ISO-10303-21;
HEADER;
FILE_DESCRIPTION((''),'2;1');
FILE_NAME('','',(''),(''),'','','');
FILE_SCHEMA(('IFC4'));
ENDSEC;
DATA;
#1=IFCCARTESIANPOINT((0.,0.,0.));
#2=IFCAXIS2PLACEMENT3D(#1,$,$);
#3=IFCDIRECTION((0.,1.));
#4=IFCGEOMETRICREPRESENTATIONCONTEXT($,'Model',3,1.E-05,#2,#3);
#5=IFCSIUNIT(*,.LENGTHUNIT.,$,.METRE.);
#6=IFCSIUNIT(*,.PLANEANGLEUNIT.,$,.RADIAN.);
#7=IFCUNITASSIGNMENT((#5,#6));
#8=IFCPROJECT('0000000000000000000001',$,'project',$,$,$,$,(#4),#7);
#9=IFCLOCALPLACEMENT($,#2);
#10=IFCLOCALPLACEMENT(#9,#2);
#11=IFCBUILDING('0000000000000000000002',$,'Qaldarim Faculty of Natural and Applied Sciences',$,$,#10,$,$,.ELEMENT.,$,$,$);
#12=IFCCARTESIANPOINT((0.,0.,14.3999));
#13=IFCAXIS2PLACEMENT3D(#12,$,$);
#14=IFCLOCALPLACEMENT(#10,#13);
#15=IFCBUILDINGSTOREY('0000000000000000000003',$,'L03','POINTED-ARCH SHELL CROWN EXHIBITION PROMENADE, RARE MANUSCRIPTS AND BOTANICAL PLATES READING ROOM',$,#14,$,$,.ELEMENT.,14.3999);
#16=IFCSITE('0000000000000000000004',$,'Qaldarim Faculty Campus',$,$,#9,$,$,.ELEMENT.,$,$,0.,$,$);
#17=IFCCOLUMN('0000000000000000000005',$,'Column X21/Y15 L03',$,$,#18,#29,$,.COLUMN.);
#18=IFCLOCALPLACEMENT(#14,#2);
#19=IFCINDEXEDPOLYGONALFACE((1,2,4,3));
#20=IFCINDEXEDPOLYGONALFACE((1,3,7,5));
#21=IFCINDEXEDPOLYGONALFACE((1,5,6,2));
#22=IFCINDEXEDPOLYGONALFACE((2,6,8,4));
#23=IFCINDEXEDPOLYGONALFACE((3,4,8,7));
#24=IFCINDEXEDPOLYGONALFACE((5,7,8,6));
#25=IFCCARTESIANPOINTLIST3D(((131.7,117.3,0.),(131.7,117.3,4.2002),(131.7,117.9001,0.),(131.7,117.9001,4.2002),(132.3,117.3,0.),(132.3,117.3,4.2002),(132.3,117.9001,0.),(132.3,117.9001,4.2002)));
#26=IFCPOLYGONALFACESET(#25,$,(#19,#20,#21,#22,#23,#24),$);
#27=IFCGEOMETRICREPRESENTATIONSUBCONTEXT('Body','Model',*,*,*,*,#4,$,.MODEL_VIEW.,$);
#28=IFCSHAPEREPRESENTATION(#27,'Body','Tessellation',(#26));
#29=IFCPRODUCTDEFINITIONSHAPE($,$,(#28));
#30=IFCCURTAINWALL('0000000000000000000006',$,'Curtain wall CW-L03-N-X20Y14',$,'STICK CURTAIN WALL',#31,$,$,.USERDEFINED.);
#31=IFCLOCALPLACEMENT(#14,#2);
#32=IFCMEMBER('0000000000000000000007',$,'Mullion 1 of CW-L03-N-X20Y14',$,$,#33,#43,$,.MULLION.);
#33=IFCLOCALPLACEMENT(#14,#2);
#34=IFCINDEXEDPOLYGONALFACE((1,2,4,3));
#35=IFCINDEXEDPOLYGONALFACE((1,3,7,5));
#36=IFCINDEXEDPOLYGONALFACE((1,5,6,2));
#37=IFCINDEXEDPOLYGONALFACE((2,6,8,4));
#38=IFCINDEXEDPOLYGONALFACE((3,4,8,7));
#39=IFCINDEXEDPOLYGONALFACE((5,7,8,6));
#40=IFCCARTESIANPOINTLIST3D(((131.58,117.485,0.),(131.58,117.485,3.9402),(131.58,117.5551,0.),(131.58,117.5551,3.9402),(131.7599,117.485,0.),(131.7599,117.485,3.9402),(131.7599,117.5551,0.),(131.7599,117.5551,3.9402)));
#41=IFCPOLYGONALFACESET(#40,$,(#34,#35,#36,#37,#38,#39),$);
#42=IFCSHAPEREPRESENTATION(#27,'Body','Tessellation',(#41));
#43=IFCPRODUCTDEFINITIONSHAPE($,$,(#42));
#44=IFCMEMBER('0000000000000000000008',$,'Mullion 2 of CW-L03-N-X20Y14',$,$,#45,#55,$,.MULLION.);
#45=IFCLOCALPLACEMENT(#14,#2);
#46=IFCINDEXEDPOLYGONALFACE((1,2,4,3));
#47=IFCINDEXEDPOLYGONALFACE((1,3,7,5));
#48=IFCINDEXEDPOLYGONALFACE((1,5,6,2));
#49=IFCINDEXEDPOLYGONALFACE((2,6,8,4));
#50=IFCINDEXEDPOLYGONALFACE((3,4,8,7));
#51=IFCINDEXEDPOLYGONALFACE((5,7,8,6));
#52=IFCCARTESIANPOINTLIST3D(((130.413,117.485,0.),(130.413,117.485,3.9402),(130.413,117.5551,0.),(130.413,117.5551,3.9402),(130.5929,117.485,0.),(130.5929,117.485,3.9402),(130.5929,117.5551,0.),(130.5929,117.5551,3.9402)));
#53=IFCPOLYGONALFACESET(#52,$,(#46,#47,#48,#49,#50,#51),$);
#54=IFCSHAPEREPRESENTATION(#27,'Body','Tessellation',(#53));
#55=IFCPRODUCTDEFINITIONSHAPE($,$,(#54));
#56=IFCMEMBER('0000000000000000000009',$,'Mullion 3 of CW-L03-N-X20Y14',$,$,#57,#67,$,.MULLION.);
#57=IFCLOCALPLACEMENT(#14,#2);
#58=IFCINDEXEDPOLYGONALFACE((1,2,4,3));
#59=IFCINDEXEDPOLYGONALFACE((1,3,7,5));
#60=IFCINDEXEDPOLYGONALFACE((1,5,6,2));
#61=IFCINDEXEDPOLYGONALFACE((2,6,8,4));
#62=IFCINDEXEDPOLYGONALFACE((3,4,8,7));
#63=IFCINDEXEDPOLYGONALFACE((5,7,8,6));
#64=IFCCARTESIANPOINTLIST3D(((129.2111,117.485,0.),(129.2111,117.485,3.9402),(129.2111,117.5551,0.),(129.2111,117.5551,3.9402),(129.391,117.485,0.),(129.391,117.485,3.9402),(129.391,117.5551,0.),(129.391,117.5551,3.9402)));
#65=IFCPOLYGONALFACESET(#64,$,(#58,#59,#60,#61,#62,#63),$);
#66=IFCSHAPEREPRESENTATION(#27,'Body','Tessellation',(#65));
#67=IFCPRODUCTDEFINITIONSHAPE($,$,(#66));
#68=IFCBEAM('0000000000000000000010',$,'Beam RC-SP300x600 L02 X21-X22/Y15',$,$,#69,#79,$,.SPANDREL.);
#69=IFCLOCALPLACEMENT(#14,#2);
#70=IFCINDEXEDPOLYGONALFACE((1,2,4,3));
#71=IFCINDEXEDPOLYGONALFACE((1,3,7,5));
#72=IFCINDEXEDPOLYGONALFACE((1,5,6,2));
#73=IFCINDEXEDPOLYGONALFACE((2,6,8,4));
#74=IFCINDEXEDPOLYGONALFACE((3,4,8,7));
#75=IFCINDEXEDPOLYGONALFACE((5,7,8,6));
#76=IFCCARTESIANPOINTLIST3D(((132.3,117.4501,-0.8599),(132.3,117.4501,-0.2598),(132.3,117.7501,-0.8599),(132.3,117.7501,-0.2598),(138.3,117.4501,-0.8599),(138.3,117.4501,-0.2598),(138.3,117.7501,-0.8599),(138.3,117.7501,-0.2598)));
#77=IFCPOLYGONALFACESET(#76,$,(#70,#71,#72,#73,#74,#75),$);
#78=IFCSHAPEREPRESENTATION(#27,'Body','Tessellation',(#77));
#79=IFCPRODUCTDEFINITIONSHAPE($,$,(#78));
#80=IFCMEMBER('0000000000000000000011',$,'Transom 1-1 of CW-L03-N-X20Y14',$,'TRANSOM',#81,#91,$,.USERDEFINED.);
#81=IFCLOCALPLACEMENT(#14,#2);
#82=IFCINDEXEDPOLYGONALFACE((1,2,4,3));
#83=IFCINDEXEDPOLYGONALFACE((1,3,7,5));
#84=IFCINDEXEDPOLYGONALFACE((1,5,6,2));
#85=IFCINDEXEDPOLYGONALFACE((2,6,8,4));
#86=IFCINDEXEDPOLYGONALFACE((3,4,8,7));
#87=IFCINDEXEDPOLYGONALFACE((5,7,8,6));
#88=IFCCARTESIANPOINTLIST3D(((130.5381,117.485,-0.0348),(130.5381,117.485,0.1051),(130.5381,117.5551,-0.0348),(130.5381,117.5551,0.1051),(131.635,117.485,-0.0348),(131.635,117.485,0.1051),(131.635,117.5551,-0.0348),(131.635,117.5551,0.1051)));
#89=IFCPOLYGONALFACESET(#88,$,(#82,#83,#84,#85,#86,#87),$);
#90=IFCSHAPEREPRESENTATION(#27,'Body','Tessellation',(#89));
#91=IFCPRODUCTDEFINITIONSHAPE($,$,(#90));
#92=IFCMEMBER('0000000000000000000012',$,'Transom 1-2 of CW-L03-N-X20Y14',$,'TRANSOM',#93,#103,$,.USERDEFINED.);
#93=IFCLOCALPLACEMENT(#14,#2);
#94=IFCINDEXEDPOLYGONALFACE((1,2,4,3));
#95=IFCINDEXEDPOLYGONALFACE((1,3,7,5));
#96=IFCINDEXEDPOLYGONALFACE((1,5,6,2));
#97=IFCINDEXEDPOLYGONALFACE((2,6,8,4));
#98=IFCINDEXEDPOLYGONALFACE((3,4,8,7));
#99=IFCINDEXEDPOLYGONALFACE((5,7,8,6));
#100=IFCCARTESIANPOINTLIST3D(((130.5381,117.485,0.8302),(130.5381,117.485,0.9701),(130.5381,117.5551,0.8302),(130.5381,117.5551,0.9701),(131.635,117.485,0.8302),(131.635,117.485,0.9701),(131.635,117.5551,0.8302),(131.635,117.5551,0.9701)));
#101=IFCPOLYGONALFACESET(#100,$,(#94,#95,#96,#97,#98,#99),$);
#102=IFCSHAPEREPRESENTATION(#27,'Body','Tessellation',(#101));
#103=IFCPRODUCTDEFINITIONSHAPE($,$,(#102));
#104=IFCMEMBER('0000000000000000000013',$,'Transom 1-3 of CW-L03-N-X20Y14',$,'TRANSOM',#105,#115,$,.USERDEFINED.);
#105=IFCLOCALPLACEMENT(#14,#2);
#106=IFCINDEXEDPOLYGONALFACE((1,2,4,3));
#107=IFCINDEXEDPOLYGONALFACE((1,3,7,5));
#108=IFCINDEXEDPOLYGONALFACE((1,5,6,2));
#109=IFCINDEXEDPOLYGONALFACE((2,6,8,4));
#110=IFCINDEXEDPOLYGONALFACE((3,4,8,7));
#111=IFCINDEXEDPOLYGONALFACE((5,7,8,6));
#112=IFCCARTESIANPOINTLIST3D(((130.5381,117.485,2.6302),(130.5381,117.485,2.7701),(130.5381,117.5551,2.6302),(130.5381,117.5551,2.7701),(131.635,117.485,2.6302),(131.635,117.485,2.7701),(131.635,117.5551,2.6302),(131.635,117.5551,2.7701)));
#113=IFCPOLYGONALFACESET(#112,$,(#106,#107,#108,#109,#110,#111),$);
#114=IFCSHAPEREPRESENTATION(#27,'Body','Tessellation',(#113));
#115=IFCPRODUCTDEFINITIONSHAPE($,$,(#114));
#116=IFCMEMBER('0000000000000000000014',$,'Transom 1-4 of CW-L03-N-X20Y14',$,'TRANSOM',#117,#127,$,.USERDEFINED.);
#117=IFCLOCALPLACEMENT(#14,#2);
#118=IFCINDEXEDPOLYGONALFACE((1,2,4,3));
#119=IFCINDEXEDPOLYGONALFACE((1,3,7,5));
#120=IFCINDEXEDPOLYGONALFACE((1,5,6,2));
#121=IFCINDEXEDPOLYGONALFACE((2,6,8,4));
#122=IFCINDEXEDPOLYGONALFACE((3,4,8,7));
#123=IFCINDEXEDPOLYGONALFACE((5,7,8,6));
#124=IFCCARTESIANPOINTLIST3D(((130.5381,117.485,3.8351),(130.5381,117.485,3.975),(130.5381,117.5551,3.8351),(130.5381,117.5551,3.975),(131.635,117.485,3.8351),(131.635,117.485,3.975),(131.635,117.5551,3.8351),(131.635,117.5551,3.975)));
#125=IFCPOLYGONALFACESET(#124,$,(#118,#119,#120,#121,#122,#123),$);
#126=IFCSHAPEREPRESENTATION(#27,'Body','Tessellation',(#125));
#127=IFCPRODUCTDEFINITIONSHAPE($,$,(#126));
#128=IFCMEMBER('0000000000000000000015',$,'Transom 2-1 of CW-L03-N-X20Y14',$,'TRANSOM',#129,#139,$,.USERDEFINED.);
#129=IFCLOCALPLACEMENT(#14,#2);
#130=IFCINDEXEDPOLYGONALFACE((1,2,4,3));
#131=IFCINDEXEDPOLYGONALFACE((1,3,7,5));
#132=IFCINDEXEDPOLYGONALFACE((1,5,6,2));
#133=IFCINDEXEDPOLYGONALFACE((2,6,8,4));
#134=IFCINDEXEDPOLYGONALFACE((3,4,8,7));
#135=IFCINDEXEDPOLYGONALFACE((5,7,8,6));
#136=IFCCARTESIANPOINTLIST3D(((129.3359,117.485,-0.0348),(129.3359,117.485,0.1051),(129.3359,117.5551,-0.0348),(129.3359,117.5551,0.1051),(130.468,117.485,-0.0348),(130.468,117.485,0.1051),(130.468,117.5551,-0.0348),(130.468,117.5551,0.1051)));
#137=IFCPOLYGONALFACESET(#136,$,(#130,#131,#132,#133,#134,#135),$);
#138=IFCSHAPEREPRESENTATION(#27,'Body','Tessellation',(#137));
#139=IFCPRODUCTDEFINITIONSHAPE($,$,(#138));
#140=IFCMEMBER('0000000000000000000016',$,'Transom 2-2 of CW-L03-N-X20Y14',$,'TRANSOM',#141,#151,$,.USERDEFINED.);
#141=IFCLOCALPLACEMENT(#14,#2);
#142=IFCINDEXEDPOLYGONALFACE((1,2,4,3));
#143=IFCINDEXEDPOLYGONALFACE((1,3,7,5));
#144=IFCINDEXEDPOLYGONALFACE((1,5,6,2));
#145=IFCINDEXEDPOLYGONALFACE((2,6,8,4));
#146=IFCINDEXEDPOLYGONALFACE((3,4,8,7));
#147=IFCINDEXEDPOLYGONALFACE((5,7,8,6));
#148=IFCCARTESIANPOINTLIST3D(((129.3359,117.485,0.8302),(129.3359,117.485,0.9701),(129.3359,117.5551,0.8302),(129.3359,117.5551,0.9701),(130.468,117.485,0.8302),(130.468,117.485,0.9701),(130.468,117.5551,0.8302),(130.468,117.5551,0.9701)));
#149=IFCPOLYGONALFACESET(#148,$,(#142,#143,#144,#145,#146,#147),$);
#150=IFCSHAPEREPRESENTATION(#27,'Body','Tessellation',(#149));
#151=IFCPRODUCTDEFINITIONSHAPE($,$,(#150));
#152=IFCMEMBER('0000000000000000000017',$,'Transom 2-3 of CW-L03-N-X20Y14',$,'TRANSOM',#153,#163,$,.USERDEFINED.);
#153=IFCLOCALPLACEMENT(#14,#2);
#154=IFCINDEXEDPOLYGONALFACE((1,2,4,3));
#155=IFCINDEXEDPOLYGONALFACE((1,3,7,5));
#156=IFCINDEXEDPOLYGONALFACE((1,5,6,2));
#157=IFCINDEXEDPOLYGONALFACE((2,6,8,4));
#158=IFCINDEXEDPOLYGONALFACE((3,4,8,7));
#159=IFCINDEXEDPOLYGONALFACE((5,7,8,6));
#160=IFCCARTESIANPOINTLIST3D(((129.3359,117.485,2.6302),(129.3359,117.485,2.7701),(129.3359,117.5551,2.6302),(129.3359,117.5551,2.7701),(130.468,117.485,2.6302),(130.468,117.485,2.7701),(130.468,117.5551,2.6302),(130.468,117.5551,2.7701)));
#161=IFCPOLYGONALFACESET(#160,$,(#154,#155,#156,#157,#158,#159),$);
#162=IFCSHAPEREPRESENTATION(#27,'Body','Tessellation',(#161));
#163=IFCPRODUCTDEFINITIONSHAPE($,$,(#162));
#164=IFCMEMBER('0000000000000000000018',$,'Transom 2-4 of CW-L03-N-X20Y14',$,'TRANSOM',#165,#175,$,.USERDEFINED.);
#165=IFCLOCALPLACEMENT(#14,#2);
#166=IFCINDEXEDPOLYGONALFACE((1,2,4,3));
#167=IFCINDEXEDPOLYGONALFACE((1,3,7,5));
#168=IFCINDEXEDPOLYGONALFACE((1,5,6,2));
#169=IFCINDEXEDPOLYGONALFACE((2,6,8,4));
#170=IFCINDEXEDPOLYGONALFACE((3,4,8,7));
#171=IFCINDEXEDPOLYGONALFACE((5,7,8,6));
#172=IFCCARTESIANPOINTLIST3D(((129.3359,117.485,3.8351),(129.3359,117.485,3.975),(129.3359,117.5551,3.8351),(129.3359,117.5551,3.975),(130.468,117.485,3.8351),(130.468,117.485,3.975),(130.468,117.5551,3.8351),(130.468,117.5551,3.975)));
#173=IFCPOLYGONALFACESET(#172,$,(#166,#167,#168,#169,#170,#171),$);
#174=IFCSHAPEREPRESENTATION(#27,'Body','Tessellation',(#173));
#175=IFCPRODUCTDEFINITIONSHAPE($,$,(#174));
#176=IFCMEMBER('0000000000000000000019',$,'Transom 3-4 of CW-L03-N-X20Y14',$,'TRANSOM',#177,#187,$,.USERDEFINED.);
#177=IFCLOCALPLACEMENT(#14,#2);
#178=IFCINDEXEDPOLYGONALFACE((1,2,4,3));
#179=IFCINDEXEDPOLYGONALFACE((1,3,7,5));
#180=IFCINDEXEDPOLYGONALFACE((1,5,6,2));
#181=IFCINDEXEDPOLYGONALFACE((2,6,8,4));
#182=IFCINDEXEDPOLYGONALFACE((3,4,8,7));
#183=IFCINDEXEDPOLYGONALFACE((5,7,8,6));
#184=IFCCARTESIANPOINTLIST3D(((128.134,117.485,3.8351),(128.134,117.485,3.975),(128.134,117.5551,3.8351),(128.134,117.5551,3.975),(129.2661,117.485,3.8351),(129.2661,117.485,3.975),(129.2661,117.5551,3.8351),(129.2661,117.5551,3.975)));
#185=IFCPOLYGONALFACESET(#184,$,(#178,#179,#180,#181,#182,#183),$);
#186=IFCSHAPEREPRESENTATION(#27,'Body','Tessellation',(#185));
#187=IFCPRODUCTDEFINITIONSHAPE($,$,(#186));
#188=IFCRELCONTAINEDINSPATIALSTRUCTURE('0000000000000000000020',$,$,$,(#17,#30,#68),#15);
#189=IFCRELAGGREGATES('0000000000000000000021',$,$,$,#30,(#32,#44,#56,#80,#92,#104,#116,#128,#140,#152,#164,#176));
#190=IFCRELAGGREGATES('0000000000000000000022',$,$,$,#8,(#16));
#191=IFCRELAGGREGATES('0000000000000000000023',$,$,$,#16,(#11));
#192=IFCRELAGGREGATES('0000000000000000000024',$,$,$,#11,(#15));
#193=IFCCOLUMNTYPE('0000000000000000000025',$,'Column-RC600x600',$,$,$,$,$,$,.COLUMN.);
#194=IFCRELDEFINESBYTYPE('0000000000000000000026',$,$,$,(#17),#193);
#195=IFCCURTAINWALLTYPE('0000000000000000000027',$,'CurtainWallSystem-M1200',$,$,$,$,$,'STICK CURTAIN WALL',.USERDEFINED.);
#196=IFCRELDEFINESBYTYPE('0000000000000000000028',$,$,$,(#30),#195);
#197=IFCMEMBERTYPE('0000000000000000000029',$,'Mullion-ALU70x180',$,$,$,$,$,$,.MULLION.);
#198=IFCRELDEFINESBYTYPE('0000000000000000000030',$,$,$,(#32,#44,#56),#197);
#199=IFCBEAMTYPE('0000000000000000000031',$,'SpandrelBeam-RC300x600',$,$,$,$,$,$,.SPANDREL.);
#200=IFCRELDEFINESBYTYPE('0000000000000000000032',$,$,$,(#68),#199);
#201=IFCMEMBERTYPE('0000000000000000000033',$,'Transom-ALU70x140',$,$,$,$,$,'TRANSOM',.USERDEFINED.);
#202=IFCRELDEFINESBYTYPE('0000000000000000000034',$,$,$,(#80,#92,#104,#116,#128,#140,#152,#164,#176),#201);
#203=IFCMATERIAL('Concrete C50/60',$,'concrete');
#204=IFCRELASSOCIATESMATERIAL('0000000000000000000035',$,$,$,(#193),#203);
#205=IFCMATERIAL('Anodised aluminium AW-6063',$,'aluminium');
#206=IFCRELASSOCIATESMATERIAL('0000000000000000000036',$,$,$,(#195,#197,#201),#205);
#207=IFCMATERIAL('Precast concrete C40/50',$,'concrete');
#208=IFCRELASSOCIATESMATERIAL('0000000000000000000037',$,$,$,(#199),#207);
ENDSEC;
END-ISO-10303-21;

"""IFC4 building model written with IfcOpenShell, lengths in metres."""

from ifc_helpers import new_model, si_unit, direction, frame, origin, origin_2d, place, context, subcontext, project, spatial, rectangle, extrude, material, material_profile, profile_set, type_object, element, aggregate, save


model = new_model("IFC4")

# Units and contexts
model_context = context("Model", 3, precision=1e-05, world=origin(), true_north=direction((0.0, 1.0)))
body_context = subcontext(model_context, "Body", "Model", "MODEL_VIEW")
ifc_project = project(units=[si_unit("LENGTHUNIT", "METRE"), si_unit("PLANEANGLEUNIT", "RADIAN")], contexts=[model_context])

# Site, building, storey
site_placement = place(None, origin())
site = spatial("IfcSite", under=ifc_project, at=site_placement, Name="Qaldarim Faculty Campus", CompositionType="ELEMENT", RefElevation=0.0)
building_placement = place(site_placement, origin())
building = spatial("IfcBuilding", under=site, at=building_placement, Name="Qaldarim Faculty of Natural and Applied Sciences", CompositionType="ELEMENT")
storey_placement = place(building_placement, frame((0.0, 0.0, 14.3999)))
storey = spatial("IfcBuildingStorey", under=building, at=storey_placement, Name="L03", Description="POINTED-ARCH SHELL CROWN EXHIBITION PROMENADE, RARE MANUSCRIPTS AND BOTANICAL PLATES READING ROOM", CompositionType="ELEMENT", Elevation=14.3999)

# Column
ifc_material_1 = material(Name="Concrete C50/60", Category="concrete")
ifc_material_profile_1 = material_profile(ifc_material_1, rectangle(XDim=0.6001, YDim=0.6001, at=origin_2d()), Name="RC-C600x600")
ifc_profile_set_1 = profile_set([ifc_material_profile_1], Name="Concrete C50/60")
column_type = type_object("IfcColumnType", Name="Column-RC600x600", PredefinedType="COLUMN", material=ifc_profile_set_1)
column_placement = place(storey_placement, frame((132.0, 117.6001, 0.0), z_axis=(0.0, 0.0, 1.0), x_axis=(1.0, 0.0, 0.0)))
element("IfcColumn", 1, at=column_placement, inside=storey, type_object=column_type, Name="Column X21/Y15 L03", PredefinedType="COLUMN", context=body_context, shape_type="SweptSolid", body=[
    extrude(rectangle(XDim=0.6001, YDim=0.6001, at=origin_2d()), origin(), (0.0, 0.0, 1.0), 4.2002),
])

# Curtain wall, members
ifc_material_2 = material(Name="Anodised aluminium AW-6063", Category="aluminium")
curtain_wall_type = type_object("IfcCurtainWallType", Name="CurtainWallSystem-M1200", ElementType="STICK CURTAIN WALL", PredefinedType="USERDEFINED", material=ifc_material_2)
curtain_wall_placement = place(storey_placement, origin())
curtain_wall = element("IfcCurtainWall", 2, at=curtain_wall_placement, inside=storey, type_object=curtain_wall_type, Name="Curtain wall CW-L03-N-X20Y14", ObjectType="STICK CURTAIN WALL", PredefinedType="USERDEFINED")
ifc_material_profile_2 = material_profile(ifc_material_2, rectangle(XDim=0.0701, YDim=0.1799, at=origin_2d()), Name="ALU-M70x180")
ifc_profile_set_2 = profile_set([ifc_material_profile_2], Name="Anodised aluminium AW-6063")
member_type_1 = type_object("IfcMemberType", Name="Mullion-ALU70x180", PredefinedType="MULLION", material=ifc_profile_set_2)
member_1_placement = place(storey_placement, frame((131.6699, 117.52, 0.0), z_axis=(0.0, 0.0, 1.0), x_axis=(0.0, -1.0, 0.0)))
member_1 = element("IfcMember", 3, at=member_1_placement, type_object=member_type_1, Name="Mullion 1 of CW-L03-N-X20Y14", PredefinedType="MULLION", context=body_context, shape_type="SweptSolid", body=[
    extrude(rectangle(XDim=0.0701, YDim=0.1799, at=origin_2d()), origin(), (0.0, 0.0, 1.0), 3.9402),
])
member_2_placement = place(storey_placement, frame((130.5029, 117.52, 0.0), z_axis=(0.0, 0.0, 1.0), x_axis=(0.0, -1.0, 0.0)))
member_2 = element("IfcMember", 4, at=member_2_placement, type_object=member_type_1, Name="Mullion 2 of CW-L03-N-X20Y14", PredefinedType="MULLION", context=body_context, shape_type="SweptSolid", body=[
    extrude(rectangle(XDim=0.0701, YDim=0.1799, at=origin_2d()), origin(), (0.0, 0.0, 1.0), 3.9402),
])
member_3_placement = place(storey_placement, frame((129.301, 117.52, 0.0), z_axis=(0.0, 0.0, 1.0), x_axis=(0.0, -1.0, 0.0)))
member_3 = element("IfcMember", 5, at=member_3_placement, type_object=member_type_1, Name="Mullion 3 of CW-L03-N-X20Y14", PredefinedType="MULLION", context=body_context, shape_type="SweptSolid", body=[
    extrude(rectangle(XDim=0.0701, YDim=0.1799, at=origin_2d()), origin(), (0.0, 0.0, 1.0), 3.9402),
])

# Beam
ifc_material_3 = material(Name="Precast concrete C40/50", Category="concrete")
ifc_material_profile_3 = material_profile(ifc_material_3, rectangle(XDim=0.3, YDim=0.6001, at=origin_2d()), Name="RC-SP300x600")
ifc_profile_set_3 = profile_set([ifc_material_profile_3], Name="Precast concrete C40/50")
beam_type = type_object("IfcBeamType", Name="SpandrelBeam-RC300x600", PredefinedType="SPANDREL", material=ifc_profile_set_3)
beam_placement = place(storey_placement, frame((132.3, 117.6001, -0.5598), z_axis=(1.0, 0.0, 0.0), x_axis=(0.0, 1.0, 0.0)))
element("IfcBeam", 6, at=beam_placement, inside=storey, type_object=beam_type, Name="Beam RC-SP300x600 L02 X21-X22/Y15", PredefinedType="SPANDREL", context=body_context, shape_type="SweptSolid", body=[
    extrude(rectangle(XDim=0.3, YDim=0.6001, at=origin_2d()), origin(), (0.0, 0.0, 1.0), 6.0),
])

# Members
ifc_material_profile_4 = material_profile(ifc_material_2, rectangle(XDim=0.0701, YDim=0.1399, at=origin_2d()), Name="ALU-T70x140")
ifc_profile_set_4 = profile_set([ifc_material_profile_4], Name="Anodised aluminium AW-6063")
member_type_2 = type_object("IfcMemberType", Name="Transom-ALU70x140", ElementType="TRANSOM", PredefinedType="USERDEFINED", material=ifc_profile_set_4)
member_4_placement = place(storey_placement, frame((131.635, 117.52, 0.0352), z_axis=(-1.0, 0.0, 0.0), x_axis=(0.0, -1.0, 0.0)))
member_4 = element("IfcMember", 7, at=member_4_placement, type_object=member_type_2, Name="Transom 1-1 of CW-L03-N-X20Y14", ObjectType="TRANSOM", PredefinedType="USERDEFINED", context=body_context, shape_type="SweptSolid", body=[
    extrude(rectangle(XDim=0.0701, YDim=0.1399, at=origin_2d()), origin(), (0.0, 0.0, 1.0), 1.0969),
])
member_5_placement = place(storey_placement, frame((131.635, 117.52, 0.9001), z_axis=(-1.0, 0.0, 0.0), x_axis=(0.0, -1.0, 0.0)))
member_5 = element("IfcMember", 8, at=member_5_placement, type_object=member_type_2, Name="Transom 1-2 of CW-L03-N-X20Y14", ObjectType="TRANSOM", PredefinedType="USERDEFINED", context=body_context, shape_type="SweptSolid", body=[
    extrude(rectangle(XDim=0.0701, YDim=0.1399, at=origin_2d()), origin(), (0.0, 0.0, 1.0), 1.0969),
])
member_6_placement = place(storey_placement, frame((131.635, 117.52, 2.7002), z_axis=(-1.0, 0.0, 0.0), x_axis=(0.0, -1.0, 0.0)))
member_6 = element("IfcMember", 9, at=member_6_placement, type_object=member_type_2, Name="Transom 1-3 of CW-L03-N-X20Y14", ObjectType="TRANSOM", PredefinedType="USERDEFINED", context=body_context, shape_type="SweptSolid", body=[
    extrude(rectangle(XDim=0.0701, YDim=0.1399, at=origin_2d()), origin(), (0.0, 0.0, 1.0), 1.0969),
])
member_7_placement = place(storey_placement, frame((131.635, 117.52, 3.905), z_axis=(-1.0, 0.0, 0.0), x_axis=(0.0, -1.0, 0.0)))
member_7 = element("IfcMember", 10, at=member_7_placement, type_object=member_type_2, Name="Transom 1-4 of CW-L03-N-X20Y14", ObjectType="TRANSOM", PredefinedType="USERDEFINED", context=body_context, shape_type="SweptSolid", body=[
    extrude(rectangle(XDim=0.0701, YDim=0.1399, at=origin_2d()), origin(), (0.0, 0.0, 1.0), 1.0969),
])
member_8_placement = place(storey_placement, frame((130.468, 117.52, 0.0352), z_axis=(-1.0, 0.0, 0.0), x_axis=(0.0, -1.0, 0.0)))
member_8 = element("IfcMember", 11, at=member_8_placement, type_object=member_type_2, Name="Transom 2-1 of CW-L03-N-X20Y14", ObjectType="TRANSOM", PredefinedType="USERDEFINED", context=body_context, shape_type="SweptSolid", body=[
    extrude(rectangle(XDim=0.0701, YDim=0.1399, at=origin_2d()), origin(), (0.0, 0.0, 1.0), 1.1321),
])
member_9_placement = place(storey_placement, frame((130.468, 117.52, 0.9001), z_axis=(-1.0, 0.0, 0.0), x_axis=(0.0, -1.0, 0.0)))
member_9 = element("IfcMember", 12, at=member_9_placement, type_object=member_type_2, Name="Transom 2-2 of CW-L03-N-X20Y14", ObjectType="TRANSOM", PredefinedType="USERDEFINED", context=body_context, shape_type="SweptSolid", body=[
    extrude(rectangle(XDim=0.0701, YDim=0.1399, at=origin_2d()), origin(), (0.0, 0.0, 1.0), 1.1321),
])
member_10_placement = place(storey_placement, frame((130.468, 117.52, 2.7002), z_axis=(-1.0, 0.0, 0.0), x_axis=(0.0, -1.0, 0.0)))
member_10 = element("IfcMember", 13, at=member_10_placement, type_object=member_type_2, Name="Transom 2-3 of CW-L03-N-X20Y14", ObjectType="TRANSOM", PredefinedType="USERDEFINED", context=body_context, shape_type="SweptSolid", body=[
    extrude(rectangle(XDim=0.0701, YDim=0.1399, at=origin_2d()), origin(), (0.0, 0.0, 1.0), 1.1321),
])
member_11_placement = place(storey_placement, frame((130.468, 117.52, 3.905), z_axis=(-1.0, 0.0, 0.0), x_axis=(0.0, -1.0, 0.0)))
member_11 = element("IfcMember", 14, at=member_11_placement, type_object=member_type_2, Name="Transom 2-4 of CW-L03-N-X20Y14", ObjectType="TRANSOM", PredefinedType="USERDEFINED", context=body_context, shape_type="SweptSolid", body=[
    extrude(rectangle(XDim=0.0701, YDim=0.1399, at=origin_2d()), origin(), (0.0, 0.0, 1.0), 1.1321),
])
member_12_placement = place(storey_placement, frame((129.2661, 117.52, 3.905), z_axis=(-1.0, 0.0, 0.0), x_axis=(0.0, -1.0, 0.0)))
member_12 = element("IfcMember", 15, at=member_12_placement, type_object=member_type_2, Name="Transom 3-4 of CW-L03-N-X20Y14", ObjectType="TRANSOM", PredefinedType="USERDEFINED", context=body_context, shape_type="SweptSolid", body=[
    extrude(rectangle(XDim=0.0701, YDim=0.1399, at=origin_2d()), origin(), (0.0, 0.0, 1.0), 1.1321),
])

aggregate(curtain_wall, [member_1, member_2, member_3, member_4, member_5, member_6, member_7, member_8, member_9, member_10, member_11, member_12])

save(model, "model.ifc")
